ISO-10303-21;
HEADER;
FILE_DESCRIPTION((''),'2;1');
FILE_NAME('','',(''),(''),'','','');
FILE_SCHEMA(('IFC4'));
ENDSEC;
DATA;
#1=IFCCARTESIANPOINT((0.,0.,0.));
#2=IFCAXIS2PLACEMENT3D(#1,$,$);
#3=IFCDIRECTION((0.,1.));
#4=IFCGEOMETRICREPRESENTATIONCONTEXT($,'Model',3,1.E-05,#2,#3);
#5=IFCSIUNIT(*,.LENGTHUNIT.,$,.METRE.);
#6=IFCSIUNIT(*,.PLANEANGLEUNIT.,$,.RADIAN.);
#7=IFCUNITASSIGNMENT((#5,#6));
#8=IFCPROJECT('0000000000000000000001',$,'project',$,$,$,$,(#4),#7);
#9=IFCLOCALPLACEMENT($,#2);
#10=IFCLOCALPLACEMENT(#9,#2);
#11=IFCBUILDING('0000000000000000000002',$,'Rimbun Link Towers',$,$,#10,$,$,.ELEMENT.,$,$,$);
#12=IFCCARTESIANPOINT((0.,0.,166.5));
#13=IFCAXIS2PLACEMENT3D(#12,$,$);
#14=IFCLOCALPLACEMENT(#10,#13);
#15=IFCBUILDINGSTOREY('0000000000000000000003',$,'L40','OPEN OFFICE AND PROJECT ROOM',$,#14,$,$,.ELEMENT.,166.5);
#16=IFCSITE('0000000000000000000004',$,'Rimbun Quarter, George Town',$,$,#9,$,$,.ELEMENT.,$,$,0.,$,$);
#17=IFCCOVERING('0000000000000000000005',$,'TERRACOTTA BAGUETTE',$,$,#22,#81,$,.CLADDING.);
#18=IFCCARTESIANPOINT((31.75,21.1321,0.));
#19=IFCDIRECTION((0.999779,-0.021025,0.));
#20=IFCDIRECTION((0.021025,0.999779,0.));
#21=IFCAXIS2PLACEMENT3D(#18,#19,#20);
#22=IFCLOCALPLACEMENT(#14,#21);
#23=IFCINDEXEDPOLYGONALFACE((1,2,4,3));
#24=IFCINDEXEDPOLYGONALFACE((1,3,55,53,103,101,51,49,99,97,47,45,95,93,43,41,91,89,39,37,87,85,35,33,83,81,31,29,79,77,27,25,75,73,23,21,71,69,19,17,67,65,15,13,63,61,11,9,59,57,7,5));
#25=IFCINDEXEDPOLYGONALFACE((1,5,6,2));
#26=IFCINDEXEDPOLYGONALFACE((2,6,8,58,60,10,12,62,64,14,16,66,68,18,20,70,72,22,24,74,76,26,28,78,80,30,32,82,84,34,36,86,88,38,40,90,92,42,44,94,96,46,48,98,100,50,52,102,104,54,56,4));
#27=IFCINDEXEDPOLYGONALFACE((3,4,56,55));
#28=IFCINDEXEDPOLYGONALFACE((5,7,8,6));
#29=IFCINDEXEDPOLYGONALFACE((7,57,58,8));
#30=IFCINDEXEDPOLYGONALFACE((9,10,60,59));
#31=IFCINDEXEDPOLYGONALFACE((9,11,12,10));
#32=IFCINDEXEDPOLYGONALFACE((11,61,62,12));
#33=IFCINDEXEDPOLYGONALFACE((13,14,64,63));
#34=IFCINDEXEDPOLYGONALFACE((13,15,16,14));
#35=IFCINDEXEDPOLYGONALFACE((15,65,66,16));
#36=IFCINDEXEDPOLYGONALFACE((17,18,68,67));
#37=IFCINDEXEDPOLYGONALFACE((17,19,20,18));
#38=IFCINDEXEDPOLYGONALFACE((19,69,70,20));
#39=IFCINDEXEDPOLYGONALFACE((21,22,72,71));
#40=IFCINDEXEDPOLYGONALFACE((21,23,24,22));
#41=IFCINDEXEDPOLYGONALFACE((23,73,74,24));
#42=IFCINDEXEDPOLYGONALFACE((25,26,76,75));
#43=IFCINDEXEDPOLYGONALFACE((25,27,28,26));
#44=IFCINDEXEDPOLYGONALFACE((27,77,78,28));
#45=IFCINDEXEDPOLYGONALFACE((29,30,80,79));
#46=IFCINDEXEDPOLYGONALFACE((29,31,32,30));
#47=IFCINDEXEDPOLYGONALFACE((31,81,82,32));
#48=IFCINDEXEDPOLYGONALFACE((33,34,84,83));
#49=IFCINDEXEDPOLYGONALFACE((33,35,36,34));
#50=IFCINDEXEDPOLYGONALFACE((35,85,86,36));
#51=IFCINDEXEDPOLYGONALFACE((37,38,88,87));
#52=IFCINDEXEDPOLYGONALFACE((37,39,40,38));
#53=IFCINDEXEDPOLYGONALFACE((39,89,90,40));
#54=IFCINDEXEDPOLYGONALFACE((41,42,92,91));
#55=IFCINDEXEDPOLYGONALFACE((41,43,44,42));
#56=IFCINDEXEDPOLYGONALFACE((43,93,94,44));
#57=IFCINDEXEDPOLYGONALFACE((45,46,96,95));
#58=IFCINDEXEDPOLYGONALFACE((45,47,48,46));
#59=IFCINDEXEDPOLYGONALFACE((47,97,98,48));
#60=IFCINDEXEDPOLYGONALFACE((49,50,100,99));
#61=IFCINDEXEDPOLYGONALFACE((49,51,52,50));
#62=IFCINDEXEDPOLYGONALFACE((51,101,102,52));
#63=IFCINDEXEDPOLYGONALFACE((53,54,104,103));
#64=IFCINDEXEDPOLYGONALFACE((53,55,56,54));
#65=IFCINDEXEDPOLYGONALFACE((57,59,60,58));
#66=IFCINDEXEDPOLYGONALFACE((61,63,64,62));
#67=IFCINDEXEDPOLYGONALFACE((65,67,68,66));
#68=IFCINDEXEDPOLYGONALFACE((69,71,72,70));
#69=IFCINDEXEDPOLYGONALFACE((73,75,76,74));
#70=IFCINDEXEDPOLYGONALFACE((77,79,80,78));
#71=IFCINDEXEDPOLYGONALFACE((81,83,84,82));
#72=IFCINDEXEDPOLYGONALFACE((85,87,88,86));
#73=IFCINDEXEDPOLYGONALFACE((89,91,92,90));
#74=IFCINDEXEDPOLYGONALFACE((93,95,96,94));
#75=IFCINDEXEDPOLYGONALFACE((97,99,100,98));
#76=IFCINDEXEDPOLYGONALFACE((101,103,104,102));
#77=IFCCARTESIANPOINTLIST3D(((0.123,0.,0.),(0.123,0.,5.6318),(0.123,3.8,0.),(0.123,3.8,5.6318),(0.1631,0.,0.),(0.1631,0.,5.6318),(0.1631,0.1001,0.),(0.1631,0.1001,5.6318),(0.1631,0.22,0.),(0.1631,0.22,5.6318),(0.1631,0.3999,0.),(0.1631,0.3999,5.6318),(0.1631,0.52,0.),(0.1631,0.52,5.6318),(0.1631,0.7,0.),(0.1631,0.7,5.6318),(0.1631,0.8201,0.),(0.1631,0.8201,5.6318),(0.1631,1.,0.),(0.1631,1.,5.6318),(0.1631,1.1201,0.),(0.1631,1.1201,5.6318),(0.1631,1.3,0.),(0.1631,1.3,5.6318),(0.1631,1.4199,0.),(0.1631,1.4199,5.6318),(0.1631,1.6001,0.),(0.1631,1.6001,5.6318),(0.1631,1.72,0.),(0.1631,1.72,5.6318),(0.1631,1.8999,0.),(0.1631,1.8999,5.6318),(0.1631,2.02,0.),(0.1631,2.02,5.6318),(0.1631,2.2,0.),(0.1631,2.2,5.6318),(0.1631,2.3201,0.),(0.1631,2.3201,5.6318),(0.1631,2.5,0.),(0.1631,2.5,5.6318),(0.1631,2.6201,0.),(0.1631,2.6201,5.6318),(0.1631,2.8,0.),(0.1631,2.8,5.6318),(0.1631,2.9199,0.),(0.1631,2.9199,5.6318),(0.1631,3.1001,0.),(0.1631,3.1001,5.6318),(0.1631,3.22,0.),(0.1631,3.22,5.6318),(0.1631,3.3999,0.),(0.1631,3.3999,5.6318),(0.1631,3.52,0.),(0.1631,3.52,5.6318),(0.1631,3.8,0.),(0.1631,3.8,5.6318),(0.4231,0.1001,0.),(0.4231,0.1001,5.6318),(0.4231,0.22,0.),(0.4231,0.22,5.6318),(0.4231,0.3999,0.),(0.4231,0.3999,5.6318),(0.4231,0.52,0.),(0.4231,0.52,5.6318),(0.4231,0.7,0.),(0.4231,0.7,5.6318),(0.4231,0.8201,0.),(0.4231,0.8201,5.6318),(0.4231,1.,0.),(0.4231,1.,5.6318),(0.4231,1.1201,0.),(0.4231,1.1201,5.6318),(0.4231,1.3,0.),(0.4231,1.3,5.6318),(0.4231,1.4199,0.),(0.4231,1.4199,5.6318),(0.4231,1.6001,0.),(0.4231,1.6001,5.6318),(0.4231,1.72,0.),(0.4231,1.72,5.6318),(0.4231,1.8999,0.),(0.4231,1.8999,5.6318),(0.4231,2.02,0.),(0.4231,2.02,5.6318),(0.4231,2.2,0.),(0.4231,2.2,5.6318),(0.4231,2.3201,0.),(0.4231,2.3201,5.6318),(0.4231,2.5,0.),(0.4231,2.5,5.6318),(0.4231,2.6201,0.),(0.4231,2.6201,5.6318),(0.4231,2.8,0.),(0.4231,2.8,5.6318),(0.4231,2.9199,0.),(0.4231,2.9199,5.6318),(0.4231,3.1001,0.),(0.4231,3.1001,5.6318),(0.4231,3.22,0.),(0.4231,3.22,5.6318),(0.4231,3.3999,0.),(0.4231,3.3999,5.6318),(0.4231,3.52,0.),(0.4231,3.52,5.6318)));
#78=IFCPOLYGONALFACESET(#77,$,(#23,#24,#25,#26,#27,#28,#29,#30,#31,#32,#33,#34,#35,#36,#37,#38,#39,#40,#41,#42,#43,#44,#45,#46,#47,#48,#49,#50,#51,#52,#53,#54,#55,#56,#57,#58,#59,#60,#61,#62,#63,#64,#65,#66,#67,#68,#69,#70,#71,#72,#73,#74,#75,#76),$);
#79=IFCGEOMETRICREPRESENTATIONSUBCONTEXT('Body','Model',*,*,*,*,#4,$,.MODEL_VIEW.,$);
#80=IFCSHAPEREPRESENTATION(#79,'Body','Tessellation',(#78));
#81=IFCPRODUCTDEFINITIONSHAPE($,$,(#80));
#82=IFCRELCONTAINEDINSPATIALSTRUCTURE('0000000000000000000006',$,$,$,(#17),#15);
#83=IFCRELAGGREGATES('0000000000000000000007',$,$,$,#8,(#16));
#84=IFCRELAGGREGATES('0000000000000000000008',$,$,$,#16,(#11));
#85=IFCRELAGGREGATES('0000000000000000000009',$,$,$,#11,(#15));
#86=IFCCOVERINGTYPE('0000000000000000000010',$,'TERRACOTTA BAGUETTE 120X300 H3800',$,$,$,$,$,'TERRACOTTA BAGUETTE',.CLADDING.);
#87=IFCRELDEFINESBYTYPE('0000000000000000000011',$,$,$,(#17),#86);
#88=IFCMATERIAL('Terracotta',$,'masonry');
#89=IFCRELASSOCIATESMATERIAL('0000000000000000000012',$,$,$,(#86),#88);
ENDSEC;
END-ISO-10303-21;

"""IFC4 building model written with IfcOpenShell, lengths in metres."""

from ifc_helpers import new_model, si_unit, direction, frame, origin, place, context, subcontext, project, spatial, polyline, outline, extrude, material, material_profile, profile_set, type_object, element, save


model = new_model("IFC4")

# Units and contexts
model_context = context("Model", 3, precision=1e-05, world=origin(), true_north=direction((0.0, 1.0)))
body_context = subcontext(model_context, "Body", "Model", "MODEL_VIEW")
ifc_project = project(units=[si_unit("LENGTHUNIT", "METRE"), si_unit("PLANEANGLEUNIT", "RADIAN")], contexts=[model_context])

# Site, building, storey
site_placement = place(None, origin())
site = spatial("IfcSite", under=ifc_project, at=site_placement, Name="Rimbun Quarter, George Town", CompositionType="ELEMENT", RefElevation=0.0)
building_placement = place(site_placement, origin())
building = spatial("IfcBuilding", under=site, at=building_placement, Name="Rimbun Link Towers", CompositionType="ELEMENT")
storey_placement = place(building_placement, frame((0.0, 0.0, 166.5)))
storey = spatial("IfcBuildingStorey", under=building, at=storey_placement, Name="L40", Description="OPEN OFFICE AND PROJECT ROOM", CompositionType="ELEMENT", Elevation=166.5)

# Covering
ifc_material_1 = material(Name="Terracotta", Category="masonry")
ifc_material_profile_1 = material_profile(ifc_material_1, outline(polyline([(0.123, 0.0), (0.1631, 0.0), (0.1631, 0.1001), (0.4231, 0.1001), (0.4231, 0.22), (0.1631, 0.22), (0.1631, 0.3999), (0.4231, 0.3999), (0.4231, 0.52), (0.1631, 0.52), (0.1631, 0.7), (0.4231, 0.7), (0.4231, 0.8201), (0.1631, 0.8201), (0.1631, 1.0), (0.4231, 1.0), (0.4231, 1.1201), (0.1631, 1.1201), (0.1631, 1.3), (0.4231, 1.3), (0.4231, 1.4199), (0.1631, 1.4199), (0.1631, 1.6001), (0.4231, 1.6001), (0.4231, 1.72), (0.1631, 1.72), (0.1631, 1.8999), (0.4231, 1.8999), (0.4231, 2.02), (0.1631, 2.02), (0.1631, 2.2), (0.4231, 2.2), (0.4231, 2.3201), (0.1631, 2.3201), (0.1631, 2.5), (0.4231, 2.5), (0.4231, 2.6201), (0.1631, 2.6201), (0.1631, 2.8), (0.4231, 2.8), (0.4231, 2.9199), (0.1631, 2.9199), (0.1631, 3.1001), (0.4231, 3.1001), (0.4231, 3.22), (0.1631, 3.22), (0.1631, 3.3999), (0.4231, 3.3999), (0.4231, 3.52), (0.1631, 3.52), (0.1631, 3.8), (0.123, 3.8), (0.123, 0.0)])), Name="BAGUETTE 120X300")
ifc_profile_set_1 = profile_set([ifc_material_profile_1], Name="Terracotta")
covering_type = type_object("IfcCoveringType", Name="TERRACOTTA BAGUETTE 120X300 H3800", ElementType="TERRACOTTA BAGUETTE", PredefinedType="CLADDING", material=ifc_profile_set_1)
covering_1_placement = place(storey_placement, frame((31.75, 21.1321, 0.0), z_axis=(0.999779, -0.021025, 0.0), x_axis=(0.021025, 0.999779, 0.0)))
element("IfcCovering", 1, at=covering_1_placement, inside=storey, type_object=covering_type, Name="TERRACOTTA BAGUETTE", PredefinedType="CLADDING", context=body_context, shape_type="SweptSolid", body=[
    extrude(outline(polyline([(0.123, 0.0), (0.1631, 0.0), (0.1631, 0.1001), (0.4231, 0.1001), (0.4231, 0.22), (0.1631, 0.22), (0.1631, 0.3999), (0.4231, 0.3999), (0.4231, 0.52), (0.1631, 0.52), (0.1631, 0.7), (0.4231, 0.7), (0.4231, 0.8201), (0.1631, 0.8201), (0.1631, 1.0), (0.4231, 1.0), (0.4231, 1.1201), (0.1631, 1.1201), (0.1631, 1.3), (0.4231, 1.3), (0.4231, 1.4199), (0.1631, 1.4199), (0.1631, 1.6001), (0.4231, 1.6001), (0.4231, 1.72), (0.1631, 1.72), (0.1631, 1.8999), (0.4231, 1.8999), (0.4231, 2.02), (0.1631, 2.02), (0.1631, 2.2), (0.4231, 2.2), (0.4231, 2.3201), (0.1631, 2.3201), (0.1631, 2.5), (0.4231, 2.5), (0.4231, 2.6201), (0.1631, 2.6201), (0.1631, 2.8), (0.4231, 2.8), (0.4231, 2.9199), (0.1631, 2.9199), (0.1631, 3.1001), (0.4231, 3.1001), (0.4231, 3.22), (0.1631, 3.22), (0.1631, 3.3999), (0.4231, 3.3999), (0.4231, 3.52), (0.1631, 3.52), (0.1631, 3.8), (0.123, 3.8), (0.123, 0.0)])), origin(), (0.0, 0.0, 1.0), 5.6318),
])

save(model, "model.ifc")
